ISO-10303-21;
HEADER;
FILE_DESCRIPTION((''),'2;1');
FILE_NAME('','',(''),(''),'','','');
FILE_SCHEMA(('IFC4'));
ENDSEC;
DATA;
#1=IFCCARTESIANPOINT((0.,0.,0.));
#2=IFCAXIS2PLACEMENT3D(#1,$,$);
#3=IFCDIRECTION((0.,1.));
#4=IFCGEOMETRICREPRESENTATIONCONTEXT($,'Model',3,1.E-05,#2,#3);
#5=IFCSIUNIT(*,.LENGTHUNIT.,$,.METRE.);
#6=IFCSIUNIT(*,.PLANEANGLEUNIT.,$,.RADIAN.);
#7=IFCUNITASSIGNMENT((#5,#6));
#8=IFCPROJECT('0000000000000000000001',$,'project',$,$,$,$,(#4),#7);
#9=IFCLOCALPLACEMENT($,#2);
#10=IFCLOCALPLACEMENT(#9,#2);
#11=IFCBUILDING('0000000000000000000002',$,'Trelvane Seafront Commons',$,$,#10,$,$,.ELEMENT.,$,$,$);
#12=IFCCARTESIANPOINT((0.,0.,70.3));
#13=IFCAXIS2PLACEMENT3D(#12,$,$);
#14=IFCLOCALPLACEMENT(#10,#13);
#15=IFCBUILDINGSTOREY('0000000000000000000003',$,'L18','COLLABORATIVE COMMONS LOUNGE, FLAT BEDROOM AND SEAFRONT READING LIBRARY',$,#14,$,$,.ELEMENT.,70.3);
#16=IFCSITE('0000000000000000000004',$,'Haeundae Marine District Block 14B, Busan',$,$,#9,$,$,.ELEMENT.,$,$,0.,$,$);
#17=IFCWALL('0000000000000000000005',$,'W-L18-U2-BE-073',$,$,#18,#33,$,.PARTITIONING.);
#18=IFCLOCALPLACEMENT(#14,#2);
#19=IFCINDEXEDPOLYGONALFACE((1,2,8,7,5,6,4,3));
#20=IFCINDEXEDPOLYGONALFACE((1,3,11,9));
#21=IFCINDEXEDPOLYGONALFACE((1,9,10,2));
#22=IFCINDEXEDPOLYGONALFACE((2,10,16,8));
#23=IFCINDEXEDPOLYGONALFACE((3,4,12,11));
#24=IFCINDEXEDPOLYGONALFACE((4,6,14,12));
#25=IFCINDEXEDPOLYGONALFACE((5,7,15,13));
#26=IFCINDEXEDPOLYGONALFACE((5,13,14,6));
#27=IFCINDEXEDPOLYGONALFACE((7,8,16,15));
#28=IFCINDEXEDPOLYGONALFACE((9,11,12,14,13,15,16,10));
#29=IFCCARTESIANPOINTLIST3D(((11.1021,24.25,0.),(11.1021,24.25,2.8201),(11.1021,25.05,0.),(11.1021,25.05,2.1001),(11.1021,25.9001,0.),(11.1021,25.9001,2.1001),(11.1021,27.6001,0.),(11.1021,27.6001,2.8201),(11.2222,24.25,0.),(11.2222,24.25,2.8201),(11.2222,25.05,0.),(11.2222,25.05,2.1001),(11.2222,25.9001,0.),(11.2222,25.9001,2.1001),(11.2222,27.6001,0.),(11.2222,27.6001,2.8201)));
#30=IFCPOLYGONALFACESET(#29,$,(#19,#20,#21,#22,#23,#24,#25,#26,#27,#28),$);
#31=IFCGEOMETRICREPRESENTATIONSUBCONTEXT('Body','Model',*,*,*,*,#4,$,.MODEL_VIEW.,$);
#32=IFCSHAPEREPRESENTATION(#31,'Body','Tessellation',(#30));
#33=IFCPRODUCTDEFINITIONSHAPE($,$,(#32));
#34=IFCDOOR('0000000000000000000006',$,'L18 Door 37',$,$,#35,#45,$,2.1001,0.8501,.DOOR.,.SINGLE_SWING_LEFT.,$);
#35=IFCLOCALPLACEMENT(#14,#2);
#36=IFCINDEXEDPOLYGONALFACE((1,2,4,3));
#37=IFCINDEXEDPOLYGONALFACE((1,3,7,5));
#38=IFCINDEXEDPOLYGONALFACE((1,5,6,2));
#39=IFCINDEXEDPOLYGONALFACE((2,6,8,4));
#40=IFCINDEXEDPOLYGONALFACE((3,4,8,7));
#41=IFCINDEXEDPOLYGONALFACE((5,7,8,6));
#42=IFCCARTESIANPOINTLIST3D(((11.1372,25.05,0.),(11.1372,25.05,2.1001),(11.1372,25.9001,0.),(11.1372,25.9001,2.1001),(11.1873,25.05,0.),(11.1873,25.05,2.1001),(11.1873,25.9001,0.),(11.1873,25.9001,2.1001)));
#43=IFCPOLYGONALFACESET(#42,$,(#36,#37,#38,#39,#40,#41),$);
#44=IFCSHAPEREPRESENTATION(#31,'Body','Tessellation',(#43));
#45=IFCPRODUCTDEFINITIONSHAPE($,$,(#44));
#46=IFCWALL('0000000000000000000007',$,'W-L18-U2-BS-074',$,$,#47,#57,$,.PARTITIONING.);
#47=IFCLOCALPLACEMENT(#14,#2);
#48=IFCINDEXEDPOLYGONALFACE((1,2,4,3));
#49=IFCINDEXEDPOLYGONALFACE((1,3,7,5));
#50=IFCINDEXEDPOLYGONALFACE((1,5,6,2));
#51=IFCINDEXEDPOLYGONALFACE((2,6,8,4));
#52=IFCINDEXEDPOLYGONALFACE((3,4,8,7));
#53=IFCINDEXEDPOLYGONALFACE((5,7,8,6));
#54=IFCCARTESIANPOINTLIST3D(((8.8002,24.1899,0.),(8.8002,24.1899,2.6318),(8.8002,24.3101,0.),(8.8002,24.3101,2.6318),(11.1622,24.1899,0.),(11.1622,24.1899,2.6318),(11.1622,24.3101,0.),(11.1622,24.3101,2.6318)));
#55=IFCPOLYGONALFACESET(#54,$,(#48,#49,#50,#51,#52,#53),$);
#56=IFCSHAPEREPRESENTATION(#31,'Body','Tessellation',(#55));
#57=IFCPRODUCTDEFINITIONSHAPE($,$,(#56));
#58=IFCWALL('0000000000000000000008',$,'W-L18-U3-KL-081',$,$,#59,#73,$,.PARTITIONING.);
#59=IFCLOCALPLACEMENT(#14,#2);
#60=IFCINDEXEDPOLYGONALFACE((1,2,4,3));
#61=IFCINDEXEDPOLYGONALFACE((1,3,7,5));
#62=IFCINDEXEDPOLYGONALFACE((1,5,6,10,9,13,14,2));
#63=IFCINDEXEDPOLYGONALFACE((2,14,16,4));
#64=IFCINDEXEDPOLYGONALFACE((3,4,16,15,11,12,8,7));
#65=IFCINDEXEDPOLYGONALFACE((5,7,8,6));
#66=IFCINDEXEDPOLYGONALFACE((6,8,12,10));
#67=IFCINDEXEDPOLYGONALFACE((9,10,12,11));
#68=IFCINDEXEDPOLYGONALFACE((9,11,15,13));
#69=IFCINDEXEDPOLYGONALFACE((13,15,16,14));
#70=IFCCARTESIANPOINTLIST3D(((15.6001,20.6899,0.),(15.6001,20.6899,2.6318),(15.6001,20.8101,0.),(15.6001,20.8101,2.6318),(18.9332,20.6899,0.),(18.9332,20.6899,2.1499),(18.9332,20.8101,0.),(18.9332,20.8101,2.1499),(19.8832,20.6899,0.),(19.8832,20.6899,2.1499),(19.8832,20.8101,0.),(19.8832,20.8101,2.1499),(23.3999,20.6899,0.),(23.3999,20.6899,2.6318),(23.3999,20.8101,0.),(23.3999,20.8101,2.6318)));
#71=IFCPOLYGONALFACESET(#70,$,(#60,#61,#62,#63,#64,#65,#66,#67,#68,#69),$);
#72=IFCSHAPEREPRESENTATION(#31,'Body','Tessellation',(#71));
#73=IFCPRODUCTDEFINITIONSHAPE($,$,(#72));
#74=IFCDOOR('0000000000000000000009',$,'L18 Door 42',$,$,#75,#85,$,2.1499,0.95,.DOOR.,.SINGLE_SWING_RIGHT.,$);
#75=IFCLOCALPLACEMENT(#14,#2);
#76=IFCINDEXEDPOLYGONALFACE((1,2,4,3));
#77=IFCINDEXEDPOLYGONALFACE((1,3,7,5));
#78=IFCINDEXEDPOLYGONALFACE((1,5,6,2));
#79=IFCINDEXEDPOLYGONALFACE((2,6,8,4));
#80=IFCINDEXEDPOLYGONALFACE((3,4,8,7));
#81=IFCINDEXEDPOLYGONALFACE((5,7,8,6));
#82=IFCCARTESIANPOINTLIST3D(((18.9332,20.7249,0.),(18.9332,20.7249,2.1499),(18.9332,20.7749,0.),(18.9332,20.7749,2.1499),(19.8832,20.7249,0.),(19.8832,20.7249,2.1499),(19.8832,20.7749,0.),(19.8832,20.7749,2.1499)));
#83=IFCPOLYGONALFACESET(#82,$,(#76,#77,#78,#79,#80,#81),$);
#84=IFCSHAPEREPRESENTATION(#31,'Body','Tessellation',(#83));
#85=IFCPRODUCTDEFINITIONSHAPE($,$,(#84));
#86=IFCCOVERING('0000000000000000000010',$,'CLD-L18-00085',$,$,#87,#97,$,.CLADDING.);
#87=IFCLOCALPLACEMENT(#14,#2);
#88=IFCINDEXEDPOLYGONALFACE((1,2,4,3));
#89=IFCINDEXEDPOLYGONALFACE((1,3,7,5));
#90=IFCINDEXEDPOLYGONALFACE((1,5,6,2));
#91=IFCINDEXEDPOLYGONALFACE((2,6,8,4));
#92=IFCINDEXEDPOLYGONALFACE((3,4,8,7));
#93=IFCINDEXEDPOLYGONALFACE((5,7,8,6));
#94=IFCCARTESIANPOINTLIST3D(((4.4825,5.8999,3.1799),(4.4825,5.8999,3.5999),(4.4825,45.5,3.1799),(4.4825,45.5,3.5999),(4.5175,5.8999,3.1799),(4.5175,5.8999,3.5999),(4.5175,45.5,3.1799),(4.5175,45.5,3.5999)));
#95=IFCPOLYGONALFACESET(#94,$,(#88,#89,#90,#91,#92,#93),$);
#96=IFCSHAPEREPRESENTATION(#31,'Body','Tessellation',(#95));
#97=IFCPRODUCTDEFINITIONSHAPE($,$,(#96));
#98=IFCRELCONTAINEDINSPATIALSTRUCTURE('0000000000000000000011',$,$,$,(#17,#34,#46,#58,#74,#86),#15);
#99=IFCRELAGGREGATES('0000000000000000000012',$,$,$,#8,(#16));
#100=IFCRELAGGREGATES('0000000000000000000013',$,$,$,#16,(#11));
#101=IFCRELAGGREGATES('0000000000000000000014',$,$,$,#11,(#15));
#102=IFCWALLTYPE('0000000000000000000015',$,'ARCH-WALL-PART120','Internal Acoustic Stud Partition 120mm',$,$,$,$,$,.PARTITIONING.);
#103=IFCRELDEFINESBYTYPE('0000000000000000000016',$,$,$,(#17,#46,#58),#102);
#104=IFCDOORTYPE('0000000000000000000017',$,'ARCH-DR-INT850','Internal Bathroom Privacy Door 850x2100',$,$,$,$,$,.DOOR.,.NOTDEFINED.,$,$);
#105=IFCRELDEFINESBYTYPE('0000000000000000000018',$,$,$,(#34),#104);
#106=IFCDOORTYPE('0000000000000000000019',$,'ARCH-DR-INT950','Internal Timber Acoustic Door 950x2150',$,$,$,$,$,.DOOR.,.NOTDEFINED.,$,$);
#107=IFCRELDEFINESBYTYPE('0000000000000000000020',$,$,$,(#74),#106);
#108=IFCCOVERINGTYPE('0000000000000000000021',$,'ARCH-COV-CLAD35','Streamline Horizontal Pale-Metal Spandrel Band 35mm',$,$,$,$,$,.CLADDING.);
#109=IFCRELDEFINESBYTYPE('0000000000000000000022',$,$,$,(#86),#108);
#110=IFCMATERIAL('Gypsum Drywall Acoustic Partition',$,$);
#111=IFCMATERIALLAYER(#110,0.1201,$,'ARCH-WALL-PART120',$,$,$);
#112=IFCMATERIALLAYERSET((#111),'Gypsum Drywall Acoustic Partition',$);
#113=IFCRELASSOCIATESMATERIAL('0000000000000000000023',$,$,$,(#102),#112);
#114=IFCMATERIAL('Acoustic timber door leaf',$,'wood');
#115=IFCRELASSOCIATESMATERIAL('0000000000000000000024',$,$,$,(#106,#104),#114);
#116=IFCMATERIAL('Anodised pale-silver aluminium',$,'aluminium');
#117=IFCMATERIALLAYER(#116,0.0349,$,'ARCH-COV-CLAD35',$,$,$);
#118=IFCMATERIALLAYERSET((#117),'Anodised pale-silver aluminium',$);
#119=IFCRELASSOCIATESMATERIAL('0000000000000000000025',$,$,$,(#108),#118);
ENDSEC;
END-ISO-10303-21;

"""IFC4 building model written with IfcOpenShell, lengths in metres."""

from ifc_helpers import new_model, si_unit, direction, frame, frame_2d, origin, origin_2d, place, context, subcontext, project, spatial, rectangle, extrude, source, transform, mapped, material, layer, layer_set, type_object, element, fill, save


model = new_model("IFC4")

# Units and contexts
model_context = context("Model", 3, precision=1e-05, world=origin(), true_north=direction((0.0, 1.0)))
body_context = subcontext(model_context, "Body", "Model", "MODEL_VIEW")
ifc_project = project(units=[si_unit("LENGTHUNIT", "METRE"), si_unit("PLANEANGLEUNIT", "RADIAN")], contexts=[model_context])

# Site, building, storey
site_placement = place(None, origin())
site = spatial("IfcSite", under=ifc_project, at=site_placement, Name="Haeundae Marine District Block 14B, Busan", CompositionType="ELEMENT", RefElevation=0.0)
building_placement = place(site_placement, origin())
building = spatial("IfcBuilding", under=site, at=building_placement, Name="Trelvane Seafront Commons", CompositionType="ELEMENT")
storey_placement = place(building_placement, frame((0.0, 0.0, 70.3)))
storey = spatial("IfcBuildingStorey", under=building, at=storey_placement, Name="L18", Description="COLLABORATIVE COMMONS LOUNGE, FLAT BEDROOM AND SEAFRONT READING LIBRARY", CompositionType="ELEMENT", Elevation=70.3)

# Shared definitions
ifc_material_1 = material(Name="Anodised pale-silver aluminium", Category="aluminium")

# Shared definitions
ifc_material_2 = material(Name="Gypsum Drywall Acoustic Partition")
ifc_layer_1 = layer(ifc_material_2, 0.1201, Name="ARCH-WALL-PART120")
ifc_layer_set_1 = layer_set([ifc_layer_1], Name="Gypsum Drywall Acoustic Partition")
wall_type = type_object("IfcWallType", Name="ARCH-WALL-PART120", Description="Internal Acoustic Stud Partition 120mm", PredefinedType="PARTITIONING", material=ifc_layer_set_1)
ifc_material_3 = material(Name="Acoustic timber door leaf", Category="wood")
door_type_1 = type_object("IfcDoorType", Name="ARCH-DR-INT950", Description="Internal Timber Acoustic Door 950x2150", OperationType="NOTDEFINED", PredefinedType="DOOR", material=ifc_material_3)
shared_shape_1 = source(origin(), body_context, "Body", "SweptSolid", [
    extrude(rectangle(XDim=0.95, YDim=2.1499, at=frame_2d((0.4751, 1.075))), frame((0.0, 0.0249, 0.0), z_axis=(0.0, -1.0, 0.0), x_axis=(1.0, 0.0, 0.0)), (0.0, 0.0, 1.0), 0.05),
])
door_type_2 = type_object("IfcDoorType", Name="ARCH-DR-INT850", Description="Internal Bathroom Privacy Door 850x2100", OperationType="NOTDEFINED", PredefinedType="DOOR", material=ifc_material_3)
shared_shape_2 = source(origin(), body_context, "Body", "SweptSolid", [
    extrude(rectangle(XDim=0.8501, YDim=2.1001, at=frame_2d((0.425, 1.05))), frame((0.0, 0.0249, 0.0), z_axis=(0.0, -1.0, 0.0), x_axis=(1.0, 0.0, 0.0)), (0.0, 0.0, 1.0), 0.05),
])

# Wall, opening, door
wall_1_placement = place(storey_placement, frame((11.1621, 24.25, 0.0), z_axis=(0.0, 0.0, 1.0), x_axis=(0.0, 1.0, 0.0)))
wall_1 = element("IfcWall", 1, at=wall_1_placement, inside=storey, type_object=wall_type, Name="W-L18-U2-BE-073", PredefinedType="PARTITIONING", context=body_context, shape_type="SweptSolid", body=[
    extrude(rectangle(XDim=3.3501, YDim=0.1201, at=frame_2d((1.675, 0.0))), origin(), (0.0, 0.0, 1.0), 2.8201),
])
opening_1_placement = place(wall_1_placement, frame((0.8, 0.0, 0.0)))
opening_1 = element("IfcOpeningElement", 2, at=opening_1_placement, cuts=wall_1, PredefinedType="OPENING", context=body_context, shape_type="SweptSolid", body=[
    extrude(rectangle(XDim=0.8501, YDim=2.1001, at=frame_2d((0.425, 1.05))), frame((0.0, 0.0701, 0.0), z_axis=(0.0, -1.0, 0.0), x_axis=(1.0, 0.0, 0.0)), (0.0, 0.0, 1.0), 0.1401),
])
door_1_placement = place(opening_1_placement, origin())
door_1 = element("IfcDoor", 3, at=door_1_placement, inside=storey, type_object=door_type_2, Name="L18 Door 37", OperationType="SINGLE_SWING_LEFT", OverallHeight=2.1001, OverallWidth=0.8501, PredefinedType="DOOR", context=body_context, shape_type="MappedRepresentation", body=[
    mapped(shared_shape_2, transform((0.0, 0.0, 0.0), x_axis=(1.0, 0.0, 0.0), y_axis=(0.0, 1.0, 0.0), z_axis=(0.0, 0.0, 1.0), scale=1.0)),
])
fill(opening_1, door_1)

# Wall
wall_2_placement = place(storey_placement, frame((8.8, 24.25, 0.0), z_axis=(0.0, 0.0, 1.0), x_axis=(1.0, 0.0, 0.0)))
element("IfcWall", 4, at=wall_2_placement, inside=storey, type_object=wall_type, Name="W-L18-U2-BS-074", PredefinedType="PARTITIONING", context=body_context, shape_type="SweptSolid", body=[
    extrude(rectangle(XDim=2.3621, YDim=0.1201, at=frame_2d((1.1812, 0.0))), origin(), (0.0, 0.0, 1.0), 2.6318),
])

# Wall, opening, door
wall_3_placement = place(storey_placement, frame((15.6001, 20.75, 0.0), z_axis=(0.0, 0.0, 1.0), x_axis=(1.0, 0.0, 0.0)))
wall_3 = element("IfcWall", 5, at=wall_3_placement, inside=storey, type_object=wall_type, Name="W-L18-U3-KL-081", PredefinedType="PARTITIONING", context=body_context, shape_type="SweptSolid", body=[
    extrude(rectangle(XDim=7.7998, YDim=0.1201, at=frame_2d((3.8999, 0.0))), origin(), (0.0, 0.0, 1.0), 2.6318),
])
opening_2_placement = place(wall_3_placement, frame((3.333, 0.0, 0.0)))
opening_2 = element("IfcOpeningElement", 6, at=opening_2_placement, cuts=wall_3, PredefinedType="OPENING", context=body_context, shape_type="SweptSolid", body=[
    extrude(rectangle(XDim=0.95, YDim=2.1499, at=frame_2d((0.4751, 1.075))), frame((0.0, 0.0701, 0.0), z_axis=(0.0, -1.0, 0.0), x_axis=(1.0, 0.0, 0.0)), (0.0, 0.0, 1.0), 0.1401),
])
door_2_placement = place(opening_2_placement, origin())
door_2 = element("IfcDoor", 7, at=door_2_placement, inside=storey, type_object=door_type_1, Name="L18 Door 42", OperationType="SINGLE_SWING_RIGHT", OverallHeight=2.1499, OverallWidth=0.95, PredefinedType="DOOR", context=body_context, shape_type="MappedRepresentation", body=[
    mapped(shared_shape_1, transform((0.0, 0.0, 0.0), x_axis=(1.0, 0.0, 0.0), y_axis=(0.0, 1.0, 0.0), z_axis=(0.0, 0.0, 1.0), scale=1.0)),
])
fill(opening_2, door_2)

# Covering
ifc_layer_2 = layer(ifc_material_1, 0.0349, Name="ARCH-COV-CLAD35")
ifc_layer_set_2 = layer_set([ifc_layer_2], Name="Anodised pale-silver aluminium")
covering_type = type_object("IfcCoveringType", Name="ARCH-COV-CLAD35", Description="Streamline Horizontal Pale-Metal Spandrel Band 35mm", PredefinedType="CLADDING", material=ifc_layer_set_2)
shared_shape_3 = source(origin(), body_context, "Body", "SweptSolid", [
    extrude(rectangle(XDim=39.6001, YDim=0.0349, at=origin_2d()), origin(), (0.0, 0.0, 1.0), 0.4199),
])
covering_placement = place(storey_placement, frame((4.5, 25.7, 3.1799), z_axis=(0.0, 0.0, 1.0), x_axis=(0.0, 1.0, 0.0)))
element("IfcCovering", 8, at=covering_placement, inside=storey, type_object=covering_type, Name="CLD-L18-00085", PredefinedType="CLADDING", context=body_context, shape_type="MappedRepresentation", body=[
    mapped(shared_shape_3, transform((0.0, 0.0, 0.0), x_axis=(1.0, 0.0, 0.0), y_axis=(0.0, 1.0, 0.0), z_axis=(0.0, 0.0, 1.0), scale=1.0)),
])

save(model, "model.ifc")
